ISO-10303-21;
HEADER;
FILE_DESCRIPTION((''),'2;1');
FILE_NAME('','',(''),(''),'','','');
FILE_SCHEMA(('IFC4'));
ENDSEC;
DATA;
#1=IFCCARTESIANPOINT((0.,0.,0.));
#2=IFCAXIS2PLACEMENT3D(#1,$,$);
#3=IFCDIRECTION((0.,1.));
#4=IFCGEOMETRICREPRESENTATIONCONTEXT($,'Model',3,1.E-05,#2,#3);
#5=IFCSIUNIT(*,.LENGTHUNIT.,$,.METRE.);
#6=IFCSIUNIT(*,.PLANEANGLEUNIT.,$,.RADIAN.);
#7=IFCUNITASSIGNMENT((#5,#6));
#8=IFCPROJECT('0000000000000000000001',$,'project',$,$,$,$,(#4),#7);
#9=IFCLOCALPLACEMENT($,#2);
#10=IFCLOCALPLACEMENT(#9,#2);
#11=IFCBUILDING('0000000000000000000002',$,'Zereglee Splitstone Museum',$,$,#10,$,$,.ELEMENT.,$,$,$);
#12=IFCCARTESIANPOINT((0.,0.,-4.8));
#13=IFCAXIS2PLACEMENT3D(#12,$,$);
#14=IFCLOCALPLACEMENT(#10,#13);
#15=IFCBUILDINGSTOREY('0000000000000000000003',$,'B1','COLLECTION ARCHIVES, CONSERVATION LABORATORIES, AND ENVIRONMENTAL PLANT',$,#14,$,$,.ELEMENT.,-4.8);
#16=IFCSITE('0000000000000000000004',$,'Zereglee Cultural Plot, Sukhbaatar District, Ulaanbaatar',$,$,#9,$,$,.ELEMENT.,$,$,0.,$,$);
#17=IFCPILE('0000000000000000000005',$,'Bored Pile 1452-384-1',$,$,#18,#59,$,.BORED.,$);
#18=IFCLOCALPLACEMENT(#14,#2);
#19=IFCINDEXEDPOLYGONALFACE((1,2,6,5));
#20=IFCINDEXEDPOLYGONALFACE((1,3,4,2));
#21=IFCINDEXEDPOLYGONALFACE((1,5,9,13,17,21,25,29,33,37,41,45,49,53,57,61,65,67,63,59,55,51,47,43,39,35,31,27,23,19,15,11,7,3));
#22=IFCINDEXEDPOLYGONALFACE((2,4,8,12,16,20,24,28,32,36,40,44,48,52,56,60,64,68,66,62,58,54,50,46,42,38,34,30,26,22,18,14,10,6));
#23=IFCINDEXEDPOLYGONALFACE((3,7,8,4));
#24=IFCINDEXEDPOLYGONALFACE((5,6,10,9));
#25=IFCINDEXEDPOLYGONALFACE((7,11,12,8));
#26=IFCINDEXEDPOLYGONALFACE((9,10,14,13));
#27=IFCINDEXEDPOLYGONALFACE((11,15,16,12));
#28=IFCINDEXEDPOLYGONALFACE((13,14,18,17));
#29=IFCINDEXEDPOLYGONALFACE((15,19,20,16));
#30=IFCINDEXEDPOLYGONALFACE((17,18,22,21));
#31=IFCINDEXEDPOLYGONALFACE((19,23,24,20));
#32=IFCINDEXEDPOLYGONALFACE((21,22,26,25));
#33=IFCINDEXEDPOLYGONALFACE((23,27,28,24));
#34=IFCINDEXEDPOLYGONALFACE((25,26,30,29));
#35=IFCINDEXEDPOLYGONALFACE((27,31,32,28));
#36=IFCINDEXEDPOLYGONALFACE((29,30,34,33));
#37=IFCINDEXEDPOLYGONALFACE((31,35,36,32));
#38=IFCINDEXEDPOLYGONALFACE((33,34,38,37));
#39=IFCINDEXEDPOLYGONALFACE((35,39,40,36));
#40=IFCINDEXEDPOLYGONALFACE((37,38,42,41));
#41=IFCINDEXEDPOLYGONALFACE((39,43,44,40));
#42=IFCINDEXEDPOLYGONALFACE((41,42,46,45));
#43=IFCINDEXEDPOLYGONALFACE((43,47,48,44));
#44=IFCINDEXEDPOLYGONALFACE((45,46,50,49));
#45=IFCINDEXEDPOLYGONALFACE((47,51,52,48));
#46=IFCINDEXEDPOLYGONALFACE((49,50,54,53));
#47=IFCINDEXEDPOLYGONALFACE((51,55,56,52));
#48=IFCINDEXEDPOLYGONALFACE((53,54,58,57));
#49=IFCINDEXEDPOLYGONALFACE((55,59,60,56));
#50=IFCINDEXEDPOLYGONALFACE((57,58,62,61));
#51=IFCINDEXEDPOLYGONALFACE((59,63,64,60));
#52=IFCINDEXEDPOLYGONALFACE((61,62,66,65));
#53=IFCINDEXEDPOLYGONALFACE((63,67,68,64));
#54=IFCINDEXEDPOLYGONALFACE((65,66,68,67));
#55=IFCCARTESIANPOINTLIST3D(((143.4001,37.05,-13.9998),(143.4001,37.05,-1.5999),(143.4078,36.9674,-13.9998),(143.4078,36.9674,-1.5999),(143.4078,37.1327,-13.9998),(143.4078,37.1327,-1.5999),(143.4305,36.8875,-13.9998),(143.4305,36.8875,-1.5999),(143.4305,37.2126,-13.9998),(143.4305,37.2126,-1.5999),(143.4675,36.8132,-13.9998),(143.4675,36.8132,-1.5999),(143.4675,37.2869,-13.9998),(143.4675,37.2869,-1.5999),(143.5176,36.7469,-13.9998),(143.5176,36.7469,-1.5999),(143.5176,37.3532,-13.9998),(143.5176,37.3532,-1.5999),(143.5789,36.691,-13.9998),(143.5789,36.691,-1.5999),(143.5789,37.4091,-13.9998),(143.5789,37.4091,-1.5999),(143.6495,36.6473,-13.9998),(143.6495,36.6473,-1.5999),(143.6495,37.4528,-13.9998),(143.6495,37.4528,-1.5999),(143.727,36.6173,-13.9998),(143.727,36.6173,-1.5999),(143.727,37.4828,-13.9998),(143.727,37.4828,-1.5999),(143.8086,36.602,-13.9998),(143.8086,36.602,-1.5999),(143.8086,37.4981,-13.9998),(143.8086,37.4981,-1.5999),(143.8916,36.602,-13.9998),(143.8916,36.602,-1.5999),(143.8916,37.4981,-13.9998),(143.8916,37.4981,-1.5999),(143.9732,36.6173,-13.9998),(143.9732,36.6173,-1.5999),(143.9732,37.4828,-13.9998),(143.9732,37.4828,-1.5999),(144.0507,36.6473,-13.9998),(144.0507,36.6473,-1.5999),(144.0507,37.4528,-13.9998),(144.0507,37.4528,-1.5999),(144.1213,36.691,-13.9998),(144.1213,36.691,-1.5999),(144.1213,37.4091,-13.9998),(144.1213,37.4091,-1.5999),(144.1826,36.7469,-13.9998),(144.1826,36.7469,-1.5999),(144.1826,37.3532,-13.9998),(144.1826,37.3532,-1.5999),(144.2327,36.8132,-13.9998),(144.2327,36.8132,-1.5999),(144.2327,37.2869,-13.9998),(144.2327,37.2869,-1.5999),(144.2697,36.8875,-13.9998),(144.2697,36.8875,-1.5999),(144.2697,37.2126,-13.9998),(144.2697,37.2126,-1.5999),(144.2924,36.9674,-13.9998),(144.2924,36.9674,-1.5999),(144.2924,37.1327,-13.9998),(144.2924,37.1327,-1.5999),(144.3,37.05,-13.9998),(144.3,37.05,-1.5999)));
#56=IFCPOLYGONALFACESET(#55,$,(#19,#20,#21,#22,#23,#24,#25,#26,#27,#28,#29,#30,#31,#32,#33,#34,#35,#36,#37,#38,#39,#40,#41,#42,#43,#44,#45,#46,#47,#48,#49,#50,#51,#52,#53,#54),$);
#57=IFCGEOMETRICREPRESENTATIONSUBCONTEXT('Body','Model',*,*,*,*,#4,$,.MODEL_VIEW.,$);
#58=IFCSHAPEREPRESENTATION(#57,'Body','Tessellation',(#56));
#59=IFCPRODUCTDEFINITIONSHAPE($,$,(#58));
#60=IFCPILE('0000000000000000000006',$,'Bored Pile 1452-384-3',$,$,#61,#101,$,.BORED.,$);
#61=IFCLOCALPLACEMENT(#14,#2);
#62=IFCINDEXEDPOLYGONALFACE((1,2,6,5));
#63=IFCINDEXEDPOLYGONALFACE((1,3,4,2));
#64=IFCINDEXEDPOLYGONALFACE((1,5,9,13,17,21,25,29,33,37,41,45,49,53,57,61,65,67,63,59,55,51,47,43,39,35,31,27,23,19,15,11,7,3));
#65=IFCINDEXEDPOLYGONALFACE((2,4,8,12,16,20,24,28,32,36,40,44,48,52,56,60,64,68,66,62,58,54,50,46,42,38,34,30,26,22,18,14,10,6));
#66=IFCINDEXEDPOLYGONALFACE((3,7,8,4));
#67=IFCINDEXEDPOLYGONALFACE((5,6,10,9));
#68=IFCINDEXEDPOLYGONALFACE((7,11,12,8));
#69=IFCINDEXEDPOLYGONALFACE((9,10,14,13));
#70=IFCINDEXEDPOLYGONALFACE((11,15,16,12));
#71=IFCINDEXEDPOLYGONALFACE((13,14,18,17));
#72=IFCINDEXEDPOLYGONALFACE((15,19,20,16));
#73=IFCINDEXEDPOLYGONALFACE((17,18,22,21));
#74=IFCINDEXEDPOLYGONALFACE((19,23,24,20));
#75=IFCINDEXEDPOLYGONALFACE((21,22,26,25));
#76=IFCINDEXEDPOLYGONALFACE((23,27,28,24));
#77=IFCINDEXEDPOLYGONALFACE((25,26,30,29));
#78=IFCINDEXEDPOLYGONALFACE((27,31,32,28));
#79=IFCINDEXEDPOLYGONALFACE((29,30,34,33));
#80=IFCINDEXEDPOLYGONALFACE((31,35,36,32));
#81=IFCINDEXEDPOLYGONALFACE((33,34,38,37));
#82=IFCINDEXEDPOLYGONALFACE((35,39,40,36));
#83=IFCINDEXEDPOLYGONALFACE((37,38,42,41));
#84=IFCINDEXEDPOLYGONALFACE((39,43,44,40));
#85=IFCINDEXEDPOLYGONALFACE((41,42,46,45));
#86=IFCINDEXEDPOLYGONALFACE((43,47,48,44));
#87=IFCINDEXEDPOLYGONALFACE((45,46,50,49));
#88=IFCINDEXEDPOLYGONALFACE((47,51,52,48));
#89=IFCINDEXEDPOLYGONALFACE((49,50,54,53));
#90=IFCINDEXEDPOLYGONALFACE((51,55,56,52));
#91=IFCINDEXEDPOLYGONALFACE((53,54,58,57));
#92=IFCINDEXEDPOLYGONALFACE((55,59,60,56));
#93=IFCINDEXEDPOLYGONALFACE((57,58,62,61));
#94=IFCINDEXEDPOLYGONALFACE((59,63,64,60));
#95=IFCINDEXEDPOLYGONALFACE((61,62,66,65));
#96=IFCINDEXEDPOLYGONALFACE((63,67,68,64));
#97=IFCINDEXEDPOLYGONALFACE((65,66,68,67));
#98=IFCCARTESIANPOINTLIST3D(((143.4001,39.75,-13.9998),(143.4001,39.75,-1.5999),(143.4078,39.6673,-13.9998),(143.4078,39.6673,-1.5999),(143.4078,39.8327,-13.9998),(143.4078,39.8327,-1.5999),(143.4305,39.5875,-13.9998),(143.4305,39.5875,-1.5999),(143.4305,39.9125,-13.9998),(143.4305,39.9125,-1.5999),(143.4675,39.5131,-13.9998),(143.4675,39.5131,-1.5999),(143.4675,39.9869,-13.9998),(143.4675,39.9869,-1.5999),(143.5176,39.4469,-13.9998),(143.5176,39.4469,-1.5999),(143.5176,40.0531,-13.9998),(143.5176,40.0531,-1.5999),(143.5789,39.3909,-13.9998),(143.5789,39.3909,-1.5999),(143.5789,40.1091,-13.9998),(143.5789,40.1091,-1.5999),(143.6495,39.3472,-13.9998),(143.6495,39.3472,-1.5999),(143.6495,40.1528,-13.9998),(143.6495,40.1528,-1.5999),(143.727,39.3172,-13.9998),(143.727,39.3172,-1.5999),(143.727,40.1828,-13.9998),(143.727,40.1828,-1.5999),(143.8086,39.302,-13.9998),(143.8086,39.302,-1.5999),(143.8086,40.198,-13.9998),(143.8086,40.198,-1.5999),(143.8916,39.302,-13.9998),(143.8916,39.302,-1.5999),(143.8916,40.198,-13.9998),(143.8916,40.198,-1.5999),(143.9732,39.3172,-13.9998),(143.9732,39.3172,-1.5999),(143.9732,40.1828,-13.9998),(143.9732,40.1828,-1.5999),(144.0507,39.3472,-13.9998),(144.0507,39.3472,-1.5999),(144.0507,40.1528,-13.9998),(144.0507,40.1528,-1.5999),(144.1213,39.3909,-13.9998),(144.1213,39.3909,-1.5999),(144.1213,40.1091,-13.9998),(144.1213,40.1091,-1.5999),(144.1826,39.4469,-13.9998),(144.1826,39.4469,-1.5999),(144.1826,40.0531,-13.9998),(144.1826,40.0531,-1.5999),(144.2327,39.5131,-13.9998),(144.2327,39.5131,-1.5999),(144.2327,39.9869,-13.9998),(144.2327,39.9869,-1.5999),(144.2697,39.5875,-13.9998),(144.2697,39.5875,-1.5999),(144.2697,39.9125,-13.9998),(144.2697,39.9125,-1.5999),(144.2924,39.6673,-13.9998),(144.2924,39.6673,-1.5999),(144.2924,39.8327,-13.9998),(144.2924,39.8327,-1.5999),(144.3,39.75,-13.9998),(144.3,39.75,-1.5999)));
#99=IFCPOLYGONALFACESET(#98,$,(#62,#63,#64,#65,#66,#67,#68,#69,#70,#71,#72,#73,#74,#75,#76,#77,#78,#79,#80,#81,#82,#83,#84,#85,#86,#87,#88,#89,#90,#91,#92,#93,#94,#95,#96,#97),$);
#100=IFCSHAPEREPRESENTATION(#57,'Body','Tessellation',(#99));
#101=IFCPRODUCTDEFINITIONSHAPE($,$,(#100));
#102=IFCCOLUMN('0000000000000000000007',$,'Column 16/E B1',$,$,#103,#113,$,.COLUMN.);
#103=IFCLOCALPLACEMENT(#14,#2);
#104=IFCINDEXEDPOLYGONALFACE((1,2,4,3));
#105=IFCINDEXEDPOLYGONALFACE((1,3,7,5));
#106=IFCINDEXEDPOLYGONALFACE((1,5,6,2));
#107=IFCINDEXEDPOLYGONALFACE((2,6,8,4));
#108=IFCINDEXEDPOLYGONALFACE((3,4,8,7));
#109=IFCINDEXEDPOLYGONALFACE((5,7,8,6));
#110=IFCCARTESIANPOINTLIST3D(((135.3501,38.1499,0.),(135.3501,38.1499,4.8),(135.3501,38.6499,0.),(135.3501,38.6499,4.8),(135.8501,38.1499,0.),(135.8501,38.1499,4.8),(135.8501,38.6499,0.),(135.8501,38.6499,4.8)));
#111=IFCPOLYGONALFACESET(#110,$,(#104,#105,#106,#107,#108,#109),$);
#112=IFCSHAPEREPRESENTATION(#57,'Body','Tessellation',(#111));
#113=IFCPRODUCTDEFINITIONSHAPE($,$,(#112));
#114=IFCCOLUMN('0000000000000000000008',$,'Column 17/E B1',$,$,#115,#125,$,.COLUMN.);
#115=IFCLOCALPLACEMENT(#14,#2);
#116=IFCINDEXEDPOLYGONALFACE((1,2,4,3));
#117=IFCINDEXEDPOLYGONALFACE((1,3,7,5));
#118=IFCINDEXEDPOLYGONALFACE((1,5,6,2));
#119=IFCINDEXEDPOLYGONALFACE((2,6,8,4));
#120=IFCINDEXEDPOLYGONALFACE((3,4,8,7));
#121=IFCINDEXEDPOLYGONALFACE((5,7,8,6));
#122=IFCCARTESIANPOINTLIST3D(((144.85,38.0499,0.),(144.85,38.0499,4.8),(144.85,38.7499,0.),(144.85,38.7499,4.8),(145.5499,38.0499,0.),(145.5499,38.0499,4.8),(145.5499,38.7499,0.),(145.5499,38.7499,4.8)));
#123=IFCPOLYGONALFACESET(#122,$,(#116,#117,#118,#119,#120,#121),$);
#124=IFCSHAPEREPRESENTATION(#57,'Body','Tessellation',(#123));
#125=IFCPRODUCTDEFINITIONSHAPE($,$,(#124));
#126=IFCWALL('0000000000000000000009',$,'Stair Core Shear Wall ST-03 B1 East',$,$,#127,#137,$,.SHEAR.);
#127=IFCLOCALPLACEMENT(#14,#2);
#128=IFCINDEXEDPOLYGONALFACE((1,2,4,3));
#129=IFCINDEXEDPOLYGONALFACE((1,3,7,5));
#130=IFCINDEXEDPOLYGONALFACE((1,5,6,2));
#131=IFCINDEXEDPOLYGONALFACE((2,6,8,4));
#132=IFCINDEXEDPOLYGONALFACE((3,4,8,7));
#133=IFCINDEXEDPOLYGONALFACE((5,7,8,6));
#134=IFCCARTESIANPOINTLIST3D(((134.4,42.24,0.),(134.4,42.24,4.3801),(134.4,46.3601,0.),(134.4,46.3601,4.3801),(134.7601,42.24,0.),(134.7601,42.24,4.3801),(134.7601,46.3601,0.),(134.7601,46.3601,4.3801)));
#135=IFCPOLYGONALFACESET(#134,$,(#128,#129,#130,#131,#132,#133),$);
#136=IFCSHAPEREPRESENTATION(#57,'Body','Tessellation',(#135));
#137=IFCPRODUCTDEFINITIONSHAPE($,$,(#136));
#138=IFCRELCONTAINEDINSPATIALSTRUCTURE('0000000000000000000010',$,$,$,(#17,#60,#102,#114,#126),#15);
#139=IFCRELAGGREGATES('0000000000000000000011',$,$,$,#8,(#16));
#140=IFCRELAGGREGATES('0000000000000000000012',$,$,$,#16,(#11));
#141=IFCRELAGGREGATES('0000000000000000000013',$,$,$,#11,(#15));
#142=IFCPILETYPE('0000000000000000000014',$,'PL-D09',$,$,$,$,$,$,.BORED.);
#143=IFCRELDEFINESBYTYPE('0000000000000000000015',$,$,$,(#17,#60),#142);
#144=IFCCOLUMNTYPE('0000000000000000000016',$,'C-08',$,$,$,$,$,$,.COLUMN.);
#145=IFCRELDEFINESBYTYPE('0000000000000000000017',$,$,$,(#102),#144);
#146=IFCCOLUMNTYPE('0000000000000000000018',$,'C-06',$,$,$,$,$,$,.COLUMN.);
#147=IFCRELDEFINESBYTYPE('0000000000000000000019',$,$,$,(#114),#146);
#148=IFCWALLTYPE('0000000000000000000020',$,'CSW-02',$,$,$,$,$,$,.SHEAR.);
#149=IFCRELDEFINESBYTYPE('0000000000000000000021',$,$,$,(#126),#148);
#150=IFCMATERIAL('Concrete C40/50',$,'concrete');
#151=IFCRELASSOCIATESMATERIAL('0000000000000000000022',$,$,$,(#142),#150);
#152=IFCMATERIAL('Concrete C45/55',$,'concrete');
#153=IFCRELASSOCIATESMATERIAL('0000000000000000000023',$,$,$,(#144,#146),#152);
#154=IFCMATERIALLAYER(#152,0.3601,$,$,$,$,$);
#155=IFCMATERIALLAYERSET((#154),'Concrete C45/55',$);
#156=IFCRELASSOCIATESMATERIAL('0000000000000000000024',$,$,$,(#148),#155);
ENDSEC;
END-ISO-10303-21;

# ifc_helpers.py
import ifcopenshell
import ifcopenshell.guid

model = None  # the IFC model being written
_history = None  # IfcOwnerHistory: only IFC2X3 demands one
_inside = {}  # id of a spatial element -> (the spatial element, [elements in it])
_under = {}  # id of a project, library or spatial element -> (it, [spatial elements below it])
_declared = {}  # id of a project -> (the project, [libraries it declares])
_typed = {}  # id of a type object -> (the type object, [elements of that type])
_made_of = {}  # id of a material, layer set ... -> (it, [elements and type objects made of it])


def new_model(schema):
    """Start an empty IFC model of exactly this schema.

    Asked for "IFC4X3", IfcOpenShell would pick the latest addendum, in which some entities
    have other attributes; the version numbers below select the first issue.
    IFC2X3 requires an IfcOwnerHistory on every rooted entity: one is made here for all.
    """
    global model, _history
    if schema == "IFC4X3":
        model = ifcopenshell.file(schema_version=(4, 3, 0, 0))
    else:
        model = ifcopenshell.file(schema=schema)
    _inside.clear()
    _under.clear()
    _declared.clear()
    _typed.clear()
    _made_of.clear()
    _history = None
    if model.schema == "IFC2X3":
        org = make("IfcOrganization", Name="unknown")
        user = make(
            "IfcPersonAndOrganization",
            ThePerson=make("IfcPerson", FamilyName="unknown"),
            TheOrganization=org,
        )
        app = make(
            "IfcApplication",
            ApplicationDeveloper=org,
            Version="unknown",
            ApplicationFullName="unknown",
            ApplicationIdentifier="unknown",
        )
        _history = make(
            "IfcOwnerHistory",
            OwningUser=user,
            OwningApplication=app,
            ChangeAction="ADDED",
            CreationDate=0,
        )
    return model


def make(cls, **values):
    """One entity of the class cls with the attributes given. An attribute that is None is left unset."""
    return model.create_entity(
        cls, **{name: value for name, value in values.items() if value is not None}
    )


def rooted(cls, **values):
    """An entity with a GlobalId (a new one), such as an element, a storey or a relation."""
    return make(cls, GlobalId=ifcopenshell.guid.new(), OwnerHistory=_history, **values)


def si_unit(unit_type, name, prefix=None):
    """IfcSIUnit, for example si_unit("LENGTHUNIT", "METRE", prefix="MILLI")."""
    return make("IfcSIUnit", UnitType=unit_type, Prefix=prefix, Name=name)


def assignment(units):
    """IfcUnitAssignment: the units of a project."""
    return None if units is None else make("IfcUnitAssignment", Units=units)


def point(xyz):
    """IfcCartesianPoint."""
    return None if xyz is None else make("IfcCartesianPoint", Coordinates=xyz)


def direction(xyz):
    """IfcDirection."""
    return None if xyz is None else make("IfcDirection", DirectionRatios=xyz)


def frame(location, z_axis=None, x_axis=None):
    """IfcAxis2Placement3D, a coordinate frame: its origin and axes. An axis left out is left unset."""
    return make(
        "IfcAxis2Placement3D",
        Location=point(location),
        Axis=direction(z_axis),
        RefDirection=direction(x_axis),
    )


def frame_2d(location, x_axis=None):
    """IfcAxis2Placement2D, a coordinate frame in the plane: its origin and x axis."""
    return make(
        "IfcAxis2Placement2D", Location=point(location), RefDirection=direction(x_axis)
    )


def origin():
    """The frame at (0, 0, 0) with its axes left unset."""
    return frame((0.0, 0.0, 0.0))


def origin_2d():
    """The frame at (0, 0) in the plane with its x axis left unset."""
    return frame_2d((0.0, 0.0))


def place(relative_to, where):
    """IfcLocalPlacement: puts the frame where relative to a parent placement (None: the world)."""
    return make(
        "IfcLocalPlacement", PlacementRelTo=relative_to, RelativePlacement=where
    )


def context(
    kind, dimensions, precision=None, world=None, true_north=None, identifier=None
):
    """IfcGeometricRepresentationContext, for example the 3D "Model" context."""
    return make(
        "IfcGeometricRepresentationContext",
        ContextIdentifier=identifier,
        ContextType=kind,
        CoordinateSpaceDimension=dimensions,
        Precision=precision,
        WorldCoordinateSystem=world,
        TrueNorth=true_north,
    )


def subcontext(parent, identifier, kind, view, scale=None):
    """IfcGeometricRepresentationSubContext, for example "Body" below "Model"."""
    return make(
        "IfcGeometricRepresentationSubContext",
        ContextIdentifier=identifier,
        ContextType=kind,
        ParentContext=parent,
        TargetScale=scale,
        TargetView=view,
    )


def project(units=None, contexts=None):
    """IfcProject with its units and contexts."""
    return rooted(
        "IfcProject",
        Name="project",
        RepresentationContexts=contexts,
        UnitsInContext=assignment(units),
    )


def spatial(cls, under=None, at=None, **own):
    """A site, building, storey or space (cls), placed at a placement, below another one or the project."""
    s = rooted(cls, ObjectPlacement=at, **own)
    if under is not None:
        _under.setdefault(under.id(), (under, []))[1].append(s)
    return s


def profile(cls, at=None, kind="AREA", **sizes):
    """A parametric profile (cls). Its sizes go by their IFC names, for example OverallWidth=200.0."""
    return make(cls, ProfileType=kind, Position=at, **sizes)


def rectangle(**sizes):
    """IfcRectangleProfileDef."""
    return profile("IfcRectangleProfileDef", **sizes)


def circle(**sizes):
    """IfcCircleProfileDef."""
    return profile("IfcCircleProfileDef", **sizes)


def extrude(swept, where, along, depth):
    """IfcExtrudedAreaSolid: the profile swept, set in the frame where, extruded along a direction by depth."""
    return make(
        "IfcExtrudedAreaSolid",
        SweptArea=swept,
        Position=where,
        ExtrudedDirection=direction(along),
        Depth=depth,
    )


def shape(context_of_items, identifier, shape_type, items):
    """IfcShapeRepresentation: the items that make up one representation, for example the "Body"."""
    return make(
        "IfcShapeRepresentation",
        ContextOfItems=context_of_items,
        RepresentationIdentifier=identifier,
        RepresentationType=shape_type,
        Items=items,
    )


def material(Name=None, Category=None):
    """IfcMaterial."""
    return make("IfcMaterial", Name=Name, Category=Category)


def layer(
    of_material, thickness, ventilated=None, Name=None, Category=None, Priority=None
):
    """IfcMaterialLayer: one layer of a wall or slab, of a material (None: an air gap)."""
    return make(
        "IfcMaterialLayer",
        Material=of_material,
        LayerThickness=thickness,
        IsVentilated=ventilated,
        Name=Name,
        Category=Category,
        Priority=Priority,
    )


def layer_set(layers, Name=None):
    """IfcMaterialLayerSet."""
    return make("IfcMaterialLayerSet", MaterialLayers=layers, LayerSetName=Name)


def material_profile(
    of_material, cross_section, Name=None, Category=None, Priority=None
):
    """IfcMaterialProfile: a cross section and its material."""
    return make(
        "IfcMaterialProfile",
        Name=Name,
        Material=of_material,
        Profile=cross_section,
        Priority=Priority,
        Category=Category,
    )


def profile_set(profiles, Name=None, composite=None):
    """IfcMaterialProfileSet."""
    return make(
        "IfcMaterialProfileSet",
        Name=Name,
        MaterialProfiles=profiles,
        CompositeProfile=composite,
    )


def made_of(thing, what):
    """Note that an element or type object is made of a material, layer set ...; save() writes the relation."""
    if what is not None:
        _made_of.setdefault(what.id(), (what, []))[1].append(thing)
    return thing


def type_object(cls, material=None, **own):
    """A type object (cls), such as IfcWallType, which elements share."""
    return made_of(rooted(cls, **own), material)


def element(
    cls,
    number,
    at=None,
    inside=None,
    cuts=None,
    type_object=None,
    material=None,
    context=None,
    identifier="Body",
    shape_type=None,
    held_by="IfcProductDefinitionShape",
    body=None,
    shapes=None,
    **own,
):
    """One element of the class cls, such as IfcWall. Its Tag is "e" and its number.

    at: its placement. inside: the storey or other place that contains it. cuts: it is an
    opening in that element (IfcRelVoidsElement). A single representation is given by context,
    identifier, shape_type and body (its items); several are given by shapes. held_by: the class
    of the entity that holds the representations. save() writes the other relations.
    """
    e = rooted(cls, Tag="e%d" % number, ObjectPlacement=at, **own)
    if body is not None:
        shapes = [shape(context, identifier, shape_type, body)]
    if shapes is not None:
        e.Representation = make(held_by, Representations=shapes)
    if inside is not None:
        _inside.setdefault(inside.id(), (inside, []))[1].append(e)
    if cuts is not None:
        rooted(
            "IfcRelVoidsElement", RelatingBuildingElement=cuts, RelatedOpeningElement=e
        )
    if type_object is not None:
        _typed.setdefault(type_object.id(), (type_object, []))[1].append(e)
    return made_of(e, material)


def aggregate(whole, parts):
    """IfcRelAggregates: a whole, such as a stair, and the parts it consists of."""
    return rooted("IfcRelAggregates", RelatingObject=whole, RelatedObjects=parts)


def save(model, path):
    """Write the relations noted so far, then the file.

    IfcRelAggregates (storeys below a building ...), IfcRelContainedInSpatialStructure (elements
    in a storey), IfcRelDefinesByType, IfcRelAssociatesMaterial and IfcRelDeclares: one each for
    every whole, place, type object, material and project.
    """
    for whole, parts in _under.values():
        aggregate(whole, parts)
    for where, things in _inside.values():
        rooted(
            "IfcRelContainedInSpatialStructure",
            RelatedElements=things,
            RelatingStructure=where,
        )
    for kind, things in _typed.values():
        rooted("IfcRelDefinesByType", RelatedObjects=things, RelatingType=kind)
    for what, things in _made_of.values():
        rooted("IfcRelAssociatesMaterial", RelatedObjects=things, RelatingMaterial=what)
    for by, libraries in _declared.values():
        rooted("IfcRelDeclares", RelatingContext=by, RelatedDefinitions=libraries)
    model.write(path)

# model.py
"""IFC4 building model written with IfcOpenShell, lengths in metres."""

from ifc_helpers import new_model, si_unit, direction, frame, frame_2d, origin, origin_2d, place, context, subcontext, project, spatial, rectangle, circle, extrude, material, layer, layer_set, material_profile, profile_set, type_object, element, save


model = new_model("IFC4")

# Units and contexts
model_context = context("Model", 3, precision=1e-05, world=origin(), true_north=direction((0.0, 1.0)))
body_context = subcontext(model_context, "Body", "Model", "MODEL_VIEW")
ifc_project = project(units=[si_unit("LENGTHUNIT", "METRE"), si_unit("PLANEANGLEUNIT", "RADIAN")], contexts=[model_context])

# Site, building, storey
site_placement = place(None, origin())
site = spatial("IfcSite", under=ifc_project, at=site_placement, Name="Zereglee Cultural Plot, Sukhbaatar District, Ulaanbaatar", CompositionType="ELEMENT", RefElevation=0.0)
building_placement = place(site_placement, origin())
building = spatial("IfcBuilding", under=site, at=building_placement, Name="Zereglee Splitstone Museum", CompositionType="ELEMENT")
storey_placement = place(building_placement, frame((0.0, 0.0, -4.8)))
storey = spatial("IfcBuildingStorey", under=building, at=storey_placement, Name="B1", Description="COLLECTION ARCHIVES, CONSERVATION LABORATORIES, AND ENVIRONMENTAL PLANT", CompositionType="ELEMENT", Elevation=-4.8)

# Shared definitions
ifc_material_1 = material(Name="Concrete C40/50", Category="concrete")

# Piles
ifc_material_profile_1 = material_profile(ifc_material_1, circle(Radius=0.45, at=origin_2d()), Name="PILE D900")
ifc_profile_set_1 = profile_set([ifc_material_profile_1], Name="Concrete C40/50")
pile_type = type_object("IfcPileType", Name="PL-D09", PredefinedType="BORED", material=ifc_profile_set_1)
for number, where, z_axis, x_axis, name in (
    (1, (143.8501, 37.05, -1.5999), (0.0, 0.0, -1.0), (1.0, 0.0, 0.0), "Bored Pile 1452-384-1"),
    (2, (143.8501, 39.75, -1.5999), (0.0, 0.0, -1.0), (1.0, 0.0, 0.0), "Bored Pile 1452-384-3"),
):
    element("IfcPile", number, at=place(storey_placement, frame(where, z_axis=z_axis, x_axis=x_axis)), inside=storey, type_object=pile_type, Name=name, PredefinedType="BORED", context=body_context, shape_type="SweptSolid", body=[
        extrude(circle(Radius=0.45, at=origin_2d()), origin(), (0.0, 0.0, 1.0), 12.3999),
    ])

# Columns
ifc_material_2 = material(Name="Concrete C45/55", Category="concrete")
ifc_material_profile_2 = material_profile(ifc_material_2, rectangle(XDim=0.5, YDim=0.5, at=origin_2d()), Name="RC 500x500")
ifc_profile_set_2 = profile_set([ifc_material_profile_2], Name="Concrete C45/55")
column_type_1 = type_object("IfcColumnType", Name="C-08", PredefinedType="COLUMN", material=ifc_profile_set_2)
column_1_placement = place(storey_placement, frame((135.6001, 38.3999, 0.0), z_axis=(0.0, 0.0, 1.0), x_axis=(1.0, 0.0, 0.0)))
element("IfcColumn", 3, at=column_1_placement, inside=storey, type_object=column_type_1, Name="Column 16/E B1", PredefinedType="COLUMN", context=body_context, shape_type="SweptSolid", body=[
    extrude(rectangle(XDim=0.5, YDim=0.5, at=origin_2d()), origin(), (0.0, 0.0, 1.0), 4.8),
])
ifc_material_profile_3 = material_profile(ifc_material_2, rectangle(XDim=0.7, YDim=0.7, at=origin_2d()), Name="RC 700x700")
ifc_profile_set_3 = profile_set([ifc_material_profile_3], Name="Concrete C45/55")
column_type_2 = type_object("IfcColumnType", Name="C-06", PredefinedType="COLUMN", material=ifc_profile_set_3)
column_2_placement = place(storey_placement, frame((145.2, 38.3999, 0.0), z_axis=(0.0, 0.0, 1.0), x_axis=(1.0, 0.0, 0.0)))
element("IfcColumn", 4, at=column_2_placement, inside=storey, type_object=column_type_2, Name="Column 17/E B1", PredefinedType="COLUMN", context=body_context, shape_type="SweptSolid", body=[
    extrude(rectangle(XDim=0.7, YDim=0.7, at=origin_2d()), origin(), (0.0, 0.0, 1.0), 4.8),
])

# Wall
ifc_layer_1 = layer(ifc_material_2, 0.3601)
ifc_layer_set_1 = layer_set([ifc_layer_1], Name="Concrete C45/55")
wall_type = type_object("IfcWallType", Name="CSW-02", PredefinedType="SHEAR", material=ifc_layer_set_1)
wall_placement = place(storey_placement, frame((134.5801, 42.24, 0.0), z_axis=(0.0, 0.0, 1.0), x_axis=(0.0, 1.0, 0.0)))
element("IfcWall", 5, at=wall_placement, inside=storey, type_object=wall_type, Name="Stair Core Shear Wall ST-03 B1 East", PredefinedType="SHEAR", context=body_context, shape_type="SweptSolid", body=[
    extrude(rectangle(XDim=4.1201, YDim=0.3601, at=frame_2d((2.0601, 0.0))), origin(), (0.0, 0.0, 1.0), 4.3801),
])

save(model, "model.ifc")
